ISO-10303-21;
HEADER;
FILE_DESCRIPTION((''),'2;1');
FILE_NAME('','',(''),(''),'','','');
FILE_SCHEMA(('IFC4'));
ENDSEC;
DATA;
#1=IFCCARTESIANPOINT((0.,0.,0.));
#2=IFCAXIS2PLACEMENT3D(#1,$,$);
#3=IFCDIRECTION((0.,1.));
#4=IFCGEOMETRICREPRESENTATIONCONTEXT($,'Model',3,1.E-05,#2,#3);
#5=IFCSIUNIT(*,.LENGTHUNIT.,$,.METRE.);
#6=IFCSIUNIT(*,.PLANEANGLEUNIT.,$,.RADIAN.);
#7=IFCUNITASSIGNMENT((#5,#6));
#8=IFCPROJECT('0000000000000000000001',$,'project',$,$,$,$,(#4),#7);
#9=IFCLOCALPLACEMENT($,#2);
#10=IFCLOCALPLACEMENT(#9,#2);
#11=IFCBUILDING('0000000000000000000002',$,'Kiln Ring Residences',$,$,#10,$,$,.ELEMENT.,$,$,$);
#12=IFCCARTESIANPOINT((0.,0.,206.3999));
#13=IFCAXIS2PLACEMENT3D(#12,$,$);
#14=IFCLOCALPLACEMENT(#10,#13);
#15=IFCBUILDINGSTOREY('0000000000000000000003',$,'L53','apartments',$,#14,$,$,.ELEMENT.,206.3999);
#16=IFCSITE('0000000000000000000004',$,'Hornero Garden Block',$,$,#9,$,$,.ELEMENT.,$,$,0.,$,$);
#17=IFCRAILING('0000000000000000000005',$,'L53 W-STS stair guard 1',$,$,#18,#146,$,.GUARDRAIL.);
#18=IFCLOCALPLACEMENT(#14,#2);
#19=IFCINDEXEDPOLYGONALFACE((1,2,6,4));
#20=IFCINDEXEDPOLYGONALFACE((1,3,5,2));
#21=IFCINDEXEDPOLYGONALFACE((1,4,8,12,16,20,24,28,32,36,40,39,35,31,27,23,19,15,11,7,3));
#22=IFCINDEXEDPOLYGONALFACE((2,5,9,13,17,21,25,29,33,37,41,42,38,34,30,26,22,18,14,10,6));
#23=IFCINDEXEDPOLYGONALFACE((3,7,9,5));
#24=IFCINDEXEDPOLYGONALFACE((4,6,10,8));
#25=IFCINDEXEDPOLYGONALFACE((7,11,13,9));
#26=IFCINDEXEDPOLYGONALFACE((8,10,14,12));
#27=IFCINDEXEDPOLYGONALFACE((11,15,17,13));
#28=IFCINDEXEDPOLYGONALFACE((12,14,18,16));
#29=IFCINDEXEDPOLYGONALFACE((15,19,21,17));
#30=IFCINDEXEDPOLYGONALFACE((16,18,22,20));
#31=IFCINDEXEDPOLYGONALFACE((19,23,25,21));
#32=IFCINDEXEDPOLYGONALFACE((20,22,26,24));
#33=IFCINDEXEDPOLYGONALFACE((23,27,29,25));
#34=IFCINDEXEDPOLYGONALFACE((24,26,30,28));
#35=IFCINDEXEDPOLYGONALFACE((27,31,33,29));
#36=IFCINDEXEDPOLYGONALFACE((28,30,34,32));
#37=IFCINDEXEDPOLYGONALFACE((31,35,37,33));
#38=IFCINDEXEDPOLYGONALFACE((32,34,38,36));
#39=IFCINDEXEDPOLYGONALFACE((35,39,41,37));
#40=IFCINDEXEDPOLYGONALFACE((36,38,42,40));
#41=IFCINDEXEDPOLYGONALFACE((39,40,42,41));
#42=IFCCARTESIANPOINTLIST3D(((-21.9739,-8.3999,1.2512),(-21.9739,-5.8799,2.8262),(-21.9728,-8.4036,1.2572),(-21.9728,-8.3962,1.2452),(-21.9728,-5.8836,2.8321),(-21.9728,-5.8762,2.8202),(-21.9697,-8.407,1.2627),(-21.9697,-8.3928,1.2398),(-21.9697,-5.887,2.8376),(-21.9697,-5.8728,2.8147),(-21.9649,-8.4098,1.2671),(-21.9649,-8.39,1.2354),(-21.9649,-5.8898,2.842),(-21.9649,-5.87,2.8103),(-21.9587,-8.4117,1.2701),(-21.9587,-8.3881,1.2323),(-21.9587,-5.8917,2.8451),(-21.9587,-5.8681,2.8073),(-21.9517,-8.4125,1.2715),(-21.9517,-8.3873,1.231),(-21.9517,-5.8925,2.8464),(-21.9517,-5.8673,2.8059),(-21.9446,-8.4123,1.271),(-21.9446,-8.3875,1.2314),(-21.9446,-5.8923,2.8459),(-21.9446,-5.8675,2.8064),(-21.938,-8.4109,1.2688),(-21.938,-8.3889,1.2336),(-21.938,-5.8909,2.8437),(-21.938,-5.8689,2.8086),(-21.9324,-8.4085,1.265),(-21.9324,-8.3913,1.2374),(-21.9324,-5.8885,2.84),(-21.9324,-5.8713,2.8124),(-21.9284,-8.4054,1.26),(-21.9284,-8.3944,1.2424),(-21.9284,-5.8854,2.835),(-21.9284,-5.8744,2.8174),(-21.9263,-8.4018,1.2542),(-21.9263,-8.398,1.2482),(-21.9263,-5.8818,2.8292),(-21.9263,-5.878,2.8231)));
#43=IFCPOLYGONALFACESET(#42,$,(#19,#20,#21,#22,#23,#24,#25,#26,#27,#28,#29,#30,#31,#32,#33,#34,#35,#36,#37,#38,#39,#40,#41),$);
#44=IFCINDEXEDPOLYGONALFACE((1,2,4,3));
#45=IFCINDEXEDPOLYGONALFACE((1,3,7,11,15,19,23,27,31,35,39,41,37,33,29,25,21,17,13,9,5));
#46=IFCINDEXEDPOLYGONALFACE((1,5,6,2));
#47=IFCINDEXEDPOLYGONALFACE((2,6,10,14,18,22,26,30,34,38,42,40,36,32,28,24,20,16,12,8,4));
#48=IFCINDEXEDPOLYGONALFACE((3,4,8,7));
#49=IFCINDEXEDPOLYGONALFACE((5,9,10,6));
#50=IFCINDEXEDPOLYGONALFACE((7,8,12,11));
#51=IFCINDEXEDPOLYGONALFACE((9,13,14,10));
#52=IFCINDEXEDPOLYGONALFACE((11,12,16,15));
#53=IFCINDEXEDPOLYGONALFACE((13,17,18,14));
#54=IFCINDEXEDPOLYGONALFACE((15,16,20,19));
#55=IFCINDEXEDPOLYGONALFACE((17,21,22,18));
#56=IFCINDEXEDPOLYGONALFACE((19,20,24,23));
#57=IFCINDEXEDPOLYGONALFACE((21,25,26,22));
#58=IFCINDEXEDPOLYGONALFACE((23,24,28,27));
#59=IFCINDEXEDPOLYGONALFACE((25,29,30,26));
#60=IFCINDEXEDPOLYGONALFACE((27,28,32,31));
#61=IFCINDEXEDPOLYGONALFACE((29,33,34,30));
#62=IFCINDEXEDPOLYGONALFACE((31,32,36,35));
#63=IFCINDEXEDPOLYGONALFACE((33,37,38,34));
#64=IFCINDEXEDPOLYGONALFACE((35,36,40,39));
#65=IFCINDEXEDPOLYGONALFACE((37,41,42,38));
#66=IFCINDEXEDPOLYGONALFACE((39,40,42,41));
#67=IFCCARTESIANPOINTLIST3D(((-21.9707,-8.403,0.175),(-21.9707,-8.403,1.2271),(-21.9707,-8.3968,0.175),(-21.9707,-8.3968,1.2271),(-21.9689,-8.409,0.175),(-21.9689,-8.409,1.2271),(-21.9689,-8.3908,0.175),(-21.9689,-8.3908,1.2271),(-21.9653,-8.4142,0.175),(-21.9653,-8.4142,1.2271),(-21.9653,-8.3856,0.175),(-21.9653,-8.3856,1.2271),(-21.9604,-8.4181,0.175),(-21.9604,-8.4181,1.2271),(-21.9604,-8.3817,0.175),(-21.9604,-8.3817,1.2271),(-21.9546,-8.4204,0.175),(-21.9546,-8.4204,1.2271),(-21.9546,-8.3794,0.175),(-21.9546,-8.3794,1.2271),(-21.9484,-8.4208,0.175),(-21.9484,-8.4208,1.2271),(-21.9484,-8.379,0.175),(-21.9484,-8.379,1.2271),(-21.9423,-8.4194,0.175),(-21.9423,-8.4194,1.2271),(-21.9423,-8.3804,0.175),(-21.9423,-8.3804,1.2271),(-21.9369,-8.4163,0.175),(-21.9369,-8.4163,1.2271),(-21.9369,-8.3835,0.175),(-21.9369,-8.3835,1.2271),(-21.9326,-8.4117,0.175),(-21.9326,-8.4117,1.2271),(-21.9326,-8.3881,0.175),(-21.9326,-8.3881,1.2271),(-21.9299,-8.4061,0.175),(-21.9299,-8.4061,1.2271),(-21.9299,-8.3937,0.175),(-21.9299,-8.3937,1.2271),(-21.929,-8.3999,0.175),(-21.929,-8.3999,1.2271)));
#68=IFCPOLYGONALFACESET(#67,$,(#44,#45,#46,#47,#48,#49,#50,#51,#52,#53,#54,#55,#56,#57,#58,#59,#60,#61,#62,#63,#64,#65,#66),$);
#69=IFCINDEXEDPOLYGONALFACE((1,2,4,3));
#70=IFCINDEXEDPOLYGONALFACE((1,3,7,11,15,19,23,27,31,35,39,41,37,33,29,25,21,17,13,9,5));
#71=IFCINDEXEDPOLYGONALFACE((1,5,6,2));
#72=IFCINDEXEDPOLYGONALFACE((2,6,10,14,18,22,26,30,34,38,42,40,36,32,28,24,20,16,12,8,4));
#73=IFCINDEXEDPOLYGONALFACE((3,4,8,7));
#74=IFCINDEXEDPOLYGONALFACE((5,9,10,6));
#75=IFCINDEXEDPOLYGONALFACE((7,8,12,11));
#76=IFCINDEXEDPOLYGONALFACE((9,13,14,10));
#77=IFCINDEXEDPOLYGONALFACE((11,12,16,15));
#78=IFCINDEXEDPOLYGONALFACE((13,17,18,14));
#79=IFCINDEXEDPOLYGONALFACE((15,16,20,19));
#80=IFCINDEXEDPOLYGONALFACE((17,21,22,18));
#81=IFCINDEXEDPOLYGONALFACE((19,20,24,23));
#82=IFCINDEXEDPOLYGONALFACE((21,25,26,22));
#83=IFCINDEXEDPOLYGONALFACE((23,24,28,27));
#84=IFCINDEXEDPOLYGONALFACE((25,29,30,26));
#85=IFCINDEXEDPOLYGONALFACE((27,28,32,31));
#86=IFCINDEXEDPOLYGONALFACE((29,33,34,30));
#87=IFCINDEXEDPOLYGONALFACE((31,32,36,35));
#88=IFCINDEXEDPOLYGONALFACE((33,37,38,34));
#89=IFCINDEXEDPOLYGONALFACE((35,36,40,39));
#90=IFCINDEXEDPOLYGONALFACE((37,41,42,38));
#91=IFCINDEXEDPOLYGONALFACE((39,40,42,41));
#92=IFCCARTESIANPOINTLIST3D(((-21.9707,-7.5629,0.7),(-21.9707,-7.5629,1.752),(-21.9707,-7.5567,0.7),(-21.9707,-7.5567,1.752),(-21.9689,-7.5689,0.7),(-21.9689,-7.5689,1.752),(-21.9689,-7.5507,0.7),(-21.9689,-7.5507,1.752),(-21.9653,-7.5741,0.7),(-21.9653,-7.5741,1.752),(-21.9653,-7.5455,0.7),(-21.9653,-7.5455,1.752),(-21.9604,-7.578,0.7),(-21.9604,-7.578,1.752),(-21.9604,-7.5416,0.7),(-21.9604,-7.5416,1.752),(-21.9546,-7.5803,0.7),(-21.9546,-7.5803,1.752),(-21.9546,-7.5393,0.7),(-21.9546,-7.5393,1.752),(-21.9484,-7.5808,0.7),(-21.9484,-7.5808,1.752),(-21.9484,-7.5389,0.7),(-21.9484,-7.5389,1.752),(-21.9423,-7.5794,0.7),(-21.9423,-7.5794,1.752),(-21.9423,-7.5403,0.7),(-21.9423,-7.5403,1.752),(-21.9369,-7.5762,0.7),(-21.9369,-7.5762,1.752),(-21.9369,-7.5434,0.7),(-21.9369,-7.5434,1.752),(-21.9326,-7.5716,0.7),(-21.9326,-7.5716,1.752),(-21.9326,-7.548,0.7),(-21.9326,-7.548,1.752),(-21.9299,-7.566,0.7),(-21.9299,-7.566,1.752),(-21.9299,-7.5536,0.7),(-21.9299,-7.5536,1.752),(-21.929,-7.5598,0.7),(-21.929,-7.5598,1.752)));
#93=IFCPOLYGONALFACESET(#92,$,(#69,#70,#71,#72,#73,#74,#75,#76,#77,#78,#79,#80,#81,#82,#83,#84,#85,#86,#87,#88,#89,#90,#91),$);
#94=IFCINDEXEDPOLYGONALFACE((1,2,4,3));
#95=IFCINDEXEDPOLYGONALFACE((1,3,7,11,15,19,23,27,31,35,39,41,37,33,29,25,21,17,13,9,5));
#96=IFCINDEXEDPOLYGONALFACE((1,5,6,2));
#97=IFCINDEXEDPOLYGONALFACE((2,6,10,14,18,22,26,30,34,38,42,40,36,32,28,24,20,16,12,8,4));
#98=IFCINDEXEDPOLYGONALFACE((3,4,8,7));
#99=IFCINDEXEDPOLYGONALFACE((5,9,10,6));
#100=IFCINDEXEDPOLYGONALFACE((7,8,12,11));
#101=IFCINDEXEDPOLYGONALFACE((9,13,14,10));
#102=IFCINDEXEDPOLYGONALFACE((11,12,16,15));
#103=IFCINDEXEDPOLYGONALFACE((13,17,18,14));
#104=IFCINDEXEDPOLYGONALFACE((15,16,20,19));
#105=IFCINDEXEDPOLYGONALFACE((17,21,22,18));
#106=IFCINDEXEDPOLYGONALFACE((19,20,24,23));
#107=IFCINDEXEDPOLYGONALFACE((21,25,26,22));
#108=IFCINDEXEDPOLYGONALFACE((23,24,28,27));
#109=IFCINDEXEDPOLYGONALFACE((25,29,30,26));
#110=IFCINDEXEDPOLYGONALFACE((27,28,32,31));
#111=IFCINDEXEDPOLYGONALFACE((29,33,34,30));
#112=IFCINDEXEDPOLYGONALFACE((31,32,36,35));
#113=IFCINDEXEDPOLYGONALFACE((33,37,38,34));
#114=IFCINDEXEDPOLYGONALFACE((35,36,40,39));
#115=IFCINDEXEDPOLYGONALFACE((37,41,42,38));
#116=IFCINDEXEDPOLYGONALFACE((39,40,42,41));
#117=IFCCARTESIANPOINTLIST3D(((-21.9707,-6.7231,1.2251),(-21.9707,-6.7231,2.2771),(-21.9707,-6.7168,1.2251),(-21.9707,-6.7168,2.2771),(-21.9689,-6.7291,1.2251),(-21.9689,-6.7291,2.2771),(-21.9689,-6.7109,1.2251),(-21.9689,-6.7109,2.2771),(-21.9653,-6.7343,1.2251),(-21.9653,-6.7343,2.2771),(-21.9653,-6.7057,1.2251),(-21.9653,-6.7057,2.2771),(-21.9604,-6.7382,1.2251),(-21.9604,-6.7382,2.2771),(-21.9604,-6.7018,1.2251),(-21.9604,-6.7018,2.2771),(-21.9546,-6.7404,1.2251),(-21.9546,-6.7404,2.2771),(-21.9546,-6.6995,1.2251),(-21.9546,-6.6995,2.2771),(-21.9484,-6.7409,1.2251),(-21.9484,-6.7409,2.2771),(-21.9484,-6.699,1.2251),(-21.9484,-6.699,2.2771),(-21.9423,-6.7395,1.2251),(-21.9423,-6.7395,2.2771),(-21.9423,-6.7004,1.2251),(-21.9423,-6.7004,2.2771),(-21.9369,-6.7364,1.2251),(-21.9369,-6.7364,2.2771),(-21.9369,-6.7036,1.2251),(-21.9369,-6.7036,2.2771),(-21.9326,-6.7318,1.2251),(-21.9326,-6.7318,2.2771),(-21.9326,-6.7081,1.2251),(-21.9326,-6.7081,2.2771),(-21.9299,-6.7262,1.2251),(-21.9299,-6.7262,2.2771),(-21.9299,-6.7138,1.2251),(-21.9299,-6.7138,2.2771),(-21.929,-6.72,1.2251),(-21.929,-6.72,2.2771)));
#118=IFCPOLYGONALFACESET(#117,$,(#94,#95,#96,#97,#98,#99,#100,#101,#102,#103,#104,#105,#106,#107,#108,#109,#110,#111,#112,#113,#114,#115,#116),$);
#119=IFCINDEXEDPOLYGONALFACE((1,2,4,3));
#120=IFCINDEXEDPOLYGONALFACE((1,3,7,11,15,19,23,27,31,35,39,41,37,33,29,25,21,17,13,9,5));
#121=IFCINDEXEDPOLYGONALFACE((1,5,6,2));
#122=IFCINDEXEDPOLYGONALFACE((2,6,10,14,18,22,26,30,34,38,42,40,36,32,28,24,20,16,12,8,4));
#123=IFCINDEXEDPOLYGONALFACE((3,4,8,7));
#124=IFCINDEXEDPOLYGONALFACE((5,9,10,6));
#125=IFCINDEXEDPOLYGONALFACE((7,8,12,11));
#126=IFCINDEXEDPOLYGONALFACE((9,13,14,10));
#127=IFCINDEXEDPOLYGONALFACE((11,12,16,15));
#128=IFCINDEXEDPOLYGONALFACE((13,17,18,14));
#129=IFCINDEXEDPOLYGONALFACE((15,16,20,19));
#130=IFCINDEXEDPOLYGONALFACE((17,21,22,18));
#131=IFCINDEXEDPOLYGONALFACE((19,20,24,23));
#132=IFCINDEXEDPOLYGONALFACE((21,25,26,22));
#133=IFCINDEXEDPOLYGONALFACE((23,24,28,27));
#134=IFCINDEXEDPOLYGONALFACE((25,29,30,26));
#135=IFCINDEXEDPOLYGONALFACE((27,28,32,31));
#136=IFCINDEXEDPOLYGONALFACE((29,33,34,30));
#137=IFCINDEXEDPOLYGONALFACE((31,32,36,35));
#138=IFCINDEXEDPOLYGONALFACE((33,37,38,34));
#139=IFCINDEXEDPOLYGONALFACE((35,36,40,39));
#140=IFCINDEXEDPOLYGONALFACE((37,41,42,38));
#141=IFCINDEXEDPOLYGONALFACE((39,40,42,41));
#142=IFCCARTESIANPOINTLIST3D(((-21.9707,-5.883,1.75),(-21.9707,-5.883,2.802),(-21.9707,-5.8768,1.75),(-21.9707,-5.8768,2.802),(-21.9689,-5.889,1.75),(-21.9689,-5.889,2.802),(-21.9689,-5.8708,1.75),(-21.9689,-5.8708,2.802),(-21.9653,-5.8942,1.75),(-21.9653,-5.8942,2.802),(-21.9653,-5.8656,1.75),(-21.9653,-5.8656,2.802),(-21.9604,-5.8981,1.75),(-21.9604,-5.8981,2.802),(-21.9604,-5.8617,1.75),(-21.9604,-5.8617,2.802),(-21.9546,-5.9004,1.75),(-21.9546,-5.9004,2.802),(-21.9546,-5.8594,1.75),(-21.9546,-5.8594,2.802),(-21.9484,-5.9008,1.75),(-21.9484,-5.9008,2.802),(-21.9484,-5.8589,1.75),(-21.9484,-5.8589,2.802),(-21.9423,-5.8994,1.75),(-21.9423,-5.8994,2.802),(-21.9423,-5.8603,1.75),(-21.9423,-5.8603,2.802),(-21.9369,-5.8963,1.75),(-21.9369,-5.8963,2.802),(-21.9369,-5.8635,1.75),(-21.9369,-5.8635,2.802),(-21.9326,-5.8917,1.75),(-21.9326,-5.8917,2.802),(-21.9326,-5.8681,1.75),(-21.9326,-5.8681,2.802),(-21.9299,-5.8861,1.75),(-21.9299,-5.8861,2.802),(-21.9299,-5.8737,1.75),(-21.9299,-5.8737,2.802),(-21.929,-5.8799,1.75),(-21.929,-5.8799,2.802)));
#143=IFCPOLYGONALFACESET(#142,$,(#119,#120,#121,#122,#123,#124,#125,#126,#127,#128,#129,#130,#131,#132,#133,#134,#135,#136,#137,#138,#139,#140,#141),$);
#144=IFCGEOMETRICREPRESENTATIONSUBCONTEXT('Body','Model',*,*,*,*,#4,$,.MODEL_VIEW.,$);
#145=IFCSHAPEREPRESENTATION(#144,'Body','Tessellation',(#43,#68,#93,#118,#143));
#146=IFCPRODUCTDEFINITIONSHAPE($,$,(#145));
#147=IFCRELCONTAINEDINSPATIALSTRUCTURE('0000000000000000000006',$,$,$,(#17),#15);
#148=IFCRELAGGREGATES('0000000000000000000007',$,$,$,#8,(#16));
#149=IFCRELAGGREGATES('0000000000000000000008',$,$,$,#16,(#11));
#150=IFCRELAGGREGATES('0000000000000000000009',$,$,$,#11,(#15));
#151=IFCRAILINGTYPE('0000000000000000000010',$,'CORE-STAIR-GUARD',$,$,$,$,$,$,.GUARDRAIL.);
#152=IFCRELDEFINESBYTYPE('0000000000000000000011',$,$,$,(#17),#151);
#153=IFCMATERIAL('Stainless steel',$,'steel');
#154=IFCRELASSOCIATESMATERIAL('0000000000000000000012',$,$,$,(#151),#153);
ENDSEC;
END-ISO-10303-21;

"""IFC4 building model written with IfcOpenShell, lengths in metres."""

from ifc_helpers import new_model, si_unit, direction, frame, origin, origin_2d, place, context, subcontext, project, spatial, circle, extrude, material, type_object, element, save


model = new_model("IFC4")

# Units and contexts
model_context = context("Model", 3, precision=1e-05, world=origin(), true_north=direction((0.0, 1.0)))
body_context = subcontext(model_context, "Body", "Model", "MODEL_VIEW")
ifc_project = project(units=[si_unit("LENGTHUNIT", "METRE"), si_unit("PLANEANGLEUNIT", "RADIAN")], contexts=[model_context])

# Site, building, storey
site_placement = place(None, origin())
site = spatial("IfcSite", under=ifc_project, at=site_placement, Name="Hornero Garden Block", CompositionType="ELEMENT", RefElevation=0.0)
building_placement = place(site_placement, origin())
building = spatial("IfcBuilding", under=site, at=building_placement, Name="Kiln Ring Residences", CompositionType="ELEMENT")
storey_placement = place(building_placement, frame((0.0, 0.0, 206.3999)))
storey = spatial("IfcBuildingStorey", under=building, at=storey_placement, Name="L53", Description="apartments", CompositionType="ELEMENT", Elevation=206.3999)

# Railing
ifc_material_1 = material(Name="Stainless steel", Category="steel")
railing_type_1 = type_object("IfcRailingType", Name="CORE-STAIR-GUARD", PredefinedType="GUARDRAIL", material=ifc_material_1)
railing_1_placement = place(storey_placement, frame((-21.95, -8.3999, 0.175)))
element("IfcRailing", 1, at=railing_1_placement, inside=storey, type_object=railing_type_1, Name="L53 W-STS stair guard 1", PredefinedType="GUARDRAIL", context=body_context, shape_type="SweptSolid", body=[
    extrude(circle(Radius=0.0239, at=origin_2d()), frame((0.0, 0.0, 1.0762), z_axis=(0.0, 0.848008, 0.529984), x_axis=(-1.0, 0.0, 0.0)), (0.0, 0.0, 1.0), 2.9717),
    extrude(circle(Radius=0.021, at=origin_2d()), origin(), (0.0, 0.0, 1.0), 1.052),
    extrude(circle(Radius=0.021, at=origin_2d()), frame((0.0, 0.8401, 0.5249)), (0.0, 0.0, 1.0), 1.052),
    extrude(circle(Radius=0.021, at=origin_2d()), frame((0.0, 1.6799, 1.05)), (0.0, 0.0, 1.0), 1.052),
    extrude(circle(Radius=0.021, at=origin_2d()), frame((0.0, 2.52, 1.575)), (0.0, 0.0, 1.0), 1.052),
])

save(model, "model.ifc")
